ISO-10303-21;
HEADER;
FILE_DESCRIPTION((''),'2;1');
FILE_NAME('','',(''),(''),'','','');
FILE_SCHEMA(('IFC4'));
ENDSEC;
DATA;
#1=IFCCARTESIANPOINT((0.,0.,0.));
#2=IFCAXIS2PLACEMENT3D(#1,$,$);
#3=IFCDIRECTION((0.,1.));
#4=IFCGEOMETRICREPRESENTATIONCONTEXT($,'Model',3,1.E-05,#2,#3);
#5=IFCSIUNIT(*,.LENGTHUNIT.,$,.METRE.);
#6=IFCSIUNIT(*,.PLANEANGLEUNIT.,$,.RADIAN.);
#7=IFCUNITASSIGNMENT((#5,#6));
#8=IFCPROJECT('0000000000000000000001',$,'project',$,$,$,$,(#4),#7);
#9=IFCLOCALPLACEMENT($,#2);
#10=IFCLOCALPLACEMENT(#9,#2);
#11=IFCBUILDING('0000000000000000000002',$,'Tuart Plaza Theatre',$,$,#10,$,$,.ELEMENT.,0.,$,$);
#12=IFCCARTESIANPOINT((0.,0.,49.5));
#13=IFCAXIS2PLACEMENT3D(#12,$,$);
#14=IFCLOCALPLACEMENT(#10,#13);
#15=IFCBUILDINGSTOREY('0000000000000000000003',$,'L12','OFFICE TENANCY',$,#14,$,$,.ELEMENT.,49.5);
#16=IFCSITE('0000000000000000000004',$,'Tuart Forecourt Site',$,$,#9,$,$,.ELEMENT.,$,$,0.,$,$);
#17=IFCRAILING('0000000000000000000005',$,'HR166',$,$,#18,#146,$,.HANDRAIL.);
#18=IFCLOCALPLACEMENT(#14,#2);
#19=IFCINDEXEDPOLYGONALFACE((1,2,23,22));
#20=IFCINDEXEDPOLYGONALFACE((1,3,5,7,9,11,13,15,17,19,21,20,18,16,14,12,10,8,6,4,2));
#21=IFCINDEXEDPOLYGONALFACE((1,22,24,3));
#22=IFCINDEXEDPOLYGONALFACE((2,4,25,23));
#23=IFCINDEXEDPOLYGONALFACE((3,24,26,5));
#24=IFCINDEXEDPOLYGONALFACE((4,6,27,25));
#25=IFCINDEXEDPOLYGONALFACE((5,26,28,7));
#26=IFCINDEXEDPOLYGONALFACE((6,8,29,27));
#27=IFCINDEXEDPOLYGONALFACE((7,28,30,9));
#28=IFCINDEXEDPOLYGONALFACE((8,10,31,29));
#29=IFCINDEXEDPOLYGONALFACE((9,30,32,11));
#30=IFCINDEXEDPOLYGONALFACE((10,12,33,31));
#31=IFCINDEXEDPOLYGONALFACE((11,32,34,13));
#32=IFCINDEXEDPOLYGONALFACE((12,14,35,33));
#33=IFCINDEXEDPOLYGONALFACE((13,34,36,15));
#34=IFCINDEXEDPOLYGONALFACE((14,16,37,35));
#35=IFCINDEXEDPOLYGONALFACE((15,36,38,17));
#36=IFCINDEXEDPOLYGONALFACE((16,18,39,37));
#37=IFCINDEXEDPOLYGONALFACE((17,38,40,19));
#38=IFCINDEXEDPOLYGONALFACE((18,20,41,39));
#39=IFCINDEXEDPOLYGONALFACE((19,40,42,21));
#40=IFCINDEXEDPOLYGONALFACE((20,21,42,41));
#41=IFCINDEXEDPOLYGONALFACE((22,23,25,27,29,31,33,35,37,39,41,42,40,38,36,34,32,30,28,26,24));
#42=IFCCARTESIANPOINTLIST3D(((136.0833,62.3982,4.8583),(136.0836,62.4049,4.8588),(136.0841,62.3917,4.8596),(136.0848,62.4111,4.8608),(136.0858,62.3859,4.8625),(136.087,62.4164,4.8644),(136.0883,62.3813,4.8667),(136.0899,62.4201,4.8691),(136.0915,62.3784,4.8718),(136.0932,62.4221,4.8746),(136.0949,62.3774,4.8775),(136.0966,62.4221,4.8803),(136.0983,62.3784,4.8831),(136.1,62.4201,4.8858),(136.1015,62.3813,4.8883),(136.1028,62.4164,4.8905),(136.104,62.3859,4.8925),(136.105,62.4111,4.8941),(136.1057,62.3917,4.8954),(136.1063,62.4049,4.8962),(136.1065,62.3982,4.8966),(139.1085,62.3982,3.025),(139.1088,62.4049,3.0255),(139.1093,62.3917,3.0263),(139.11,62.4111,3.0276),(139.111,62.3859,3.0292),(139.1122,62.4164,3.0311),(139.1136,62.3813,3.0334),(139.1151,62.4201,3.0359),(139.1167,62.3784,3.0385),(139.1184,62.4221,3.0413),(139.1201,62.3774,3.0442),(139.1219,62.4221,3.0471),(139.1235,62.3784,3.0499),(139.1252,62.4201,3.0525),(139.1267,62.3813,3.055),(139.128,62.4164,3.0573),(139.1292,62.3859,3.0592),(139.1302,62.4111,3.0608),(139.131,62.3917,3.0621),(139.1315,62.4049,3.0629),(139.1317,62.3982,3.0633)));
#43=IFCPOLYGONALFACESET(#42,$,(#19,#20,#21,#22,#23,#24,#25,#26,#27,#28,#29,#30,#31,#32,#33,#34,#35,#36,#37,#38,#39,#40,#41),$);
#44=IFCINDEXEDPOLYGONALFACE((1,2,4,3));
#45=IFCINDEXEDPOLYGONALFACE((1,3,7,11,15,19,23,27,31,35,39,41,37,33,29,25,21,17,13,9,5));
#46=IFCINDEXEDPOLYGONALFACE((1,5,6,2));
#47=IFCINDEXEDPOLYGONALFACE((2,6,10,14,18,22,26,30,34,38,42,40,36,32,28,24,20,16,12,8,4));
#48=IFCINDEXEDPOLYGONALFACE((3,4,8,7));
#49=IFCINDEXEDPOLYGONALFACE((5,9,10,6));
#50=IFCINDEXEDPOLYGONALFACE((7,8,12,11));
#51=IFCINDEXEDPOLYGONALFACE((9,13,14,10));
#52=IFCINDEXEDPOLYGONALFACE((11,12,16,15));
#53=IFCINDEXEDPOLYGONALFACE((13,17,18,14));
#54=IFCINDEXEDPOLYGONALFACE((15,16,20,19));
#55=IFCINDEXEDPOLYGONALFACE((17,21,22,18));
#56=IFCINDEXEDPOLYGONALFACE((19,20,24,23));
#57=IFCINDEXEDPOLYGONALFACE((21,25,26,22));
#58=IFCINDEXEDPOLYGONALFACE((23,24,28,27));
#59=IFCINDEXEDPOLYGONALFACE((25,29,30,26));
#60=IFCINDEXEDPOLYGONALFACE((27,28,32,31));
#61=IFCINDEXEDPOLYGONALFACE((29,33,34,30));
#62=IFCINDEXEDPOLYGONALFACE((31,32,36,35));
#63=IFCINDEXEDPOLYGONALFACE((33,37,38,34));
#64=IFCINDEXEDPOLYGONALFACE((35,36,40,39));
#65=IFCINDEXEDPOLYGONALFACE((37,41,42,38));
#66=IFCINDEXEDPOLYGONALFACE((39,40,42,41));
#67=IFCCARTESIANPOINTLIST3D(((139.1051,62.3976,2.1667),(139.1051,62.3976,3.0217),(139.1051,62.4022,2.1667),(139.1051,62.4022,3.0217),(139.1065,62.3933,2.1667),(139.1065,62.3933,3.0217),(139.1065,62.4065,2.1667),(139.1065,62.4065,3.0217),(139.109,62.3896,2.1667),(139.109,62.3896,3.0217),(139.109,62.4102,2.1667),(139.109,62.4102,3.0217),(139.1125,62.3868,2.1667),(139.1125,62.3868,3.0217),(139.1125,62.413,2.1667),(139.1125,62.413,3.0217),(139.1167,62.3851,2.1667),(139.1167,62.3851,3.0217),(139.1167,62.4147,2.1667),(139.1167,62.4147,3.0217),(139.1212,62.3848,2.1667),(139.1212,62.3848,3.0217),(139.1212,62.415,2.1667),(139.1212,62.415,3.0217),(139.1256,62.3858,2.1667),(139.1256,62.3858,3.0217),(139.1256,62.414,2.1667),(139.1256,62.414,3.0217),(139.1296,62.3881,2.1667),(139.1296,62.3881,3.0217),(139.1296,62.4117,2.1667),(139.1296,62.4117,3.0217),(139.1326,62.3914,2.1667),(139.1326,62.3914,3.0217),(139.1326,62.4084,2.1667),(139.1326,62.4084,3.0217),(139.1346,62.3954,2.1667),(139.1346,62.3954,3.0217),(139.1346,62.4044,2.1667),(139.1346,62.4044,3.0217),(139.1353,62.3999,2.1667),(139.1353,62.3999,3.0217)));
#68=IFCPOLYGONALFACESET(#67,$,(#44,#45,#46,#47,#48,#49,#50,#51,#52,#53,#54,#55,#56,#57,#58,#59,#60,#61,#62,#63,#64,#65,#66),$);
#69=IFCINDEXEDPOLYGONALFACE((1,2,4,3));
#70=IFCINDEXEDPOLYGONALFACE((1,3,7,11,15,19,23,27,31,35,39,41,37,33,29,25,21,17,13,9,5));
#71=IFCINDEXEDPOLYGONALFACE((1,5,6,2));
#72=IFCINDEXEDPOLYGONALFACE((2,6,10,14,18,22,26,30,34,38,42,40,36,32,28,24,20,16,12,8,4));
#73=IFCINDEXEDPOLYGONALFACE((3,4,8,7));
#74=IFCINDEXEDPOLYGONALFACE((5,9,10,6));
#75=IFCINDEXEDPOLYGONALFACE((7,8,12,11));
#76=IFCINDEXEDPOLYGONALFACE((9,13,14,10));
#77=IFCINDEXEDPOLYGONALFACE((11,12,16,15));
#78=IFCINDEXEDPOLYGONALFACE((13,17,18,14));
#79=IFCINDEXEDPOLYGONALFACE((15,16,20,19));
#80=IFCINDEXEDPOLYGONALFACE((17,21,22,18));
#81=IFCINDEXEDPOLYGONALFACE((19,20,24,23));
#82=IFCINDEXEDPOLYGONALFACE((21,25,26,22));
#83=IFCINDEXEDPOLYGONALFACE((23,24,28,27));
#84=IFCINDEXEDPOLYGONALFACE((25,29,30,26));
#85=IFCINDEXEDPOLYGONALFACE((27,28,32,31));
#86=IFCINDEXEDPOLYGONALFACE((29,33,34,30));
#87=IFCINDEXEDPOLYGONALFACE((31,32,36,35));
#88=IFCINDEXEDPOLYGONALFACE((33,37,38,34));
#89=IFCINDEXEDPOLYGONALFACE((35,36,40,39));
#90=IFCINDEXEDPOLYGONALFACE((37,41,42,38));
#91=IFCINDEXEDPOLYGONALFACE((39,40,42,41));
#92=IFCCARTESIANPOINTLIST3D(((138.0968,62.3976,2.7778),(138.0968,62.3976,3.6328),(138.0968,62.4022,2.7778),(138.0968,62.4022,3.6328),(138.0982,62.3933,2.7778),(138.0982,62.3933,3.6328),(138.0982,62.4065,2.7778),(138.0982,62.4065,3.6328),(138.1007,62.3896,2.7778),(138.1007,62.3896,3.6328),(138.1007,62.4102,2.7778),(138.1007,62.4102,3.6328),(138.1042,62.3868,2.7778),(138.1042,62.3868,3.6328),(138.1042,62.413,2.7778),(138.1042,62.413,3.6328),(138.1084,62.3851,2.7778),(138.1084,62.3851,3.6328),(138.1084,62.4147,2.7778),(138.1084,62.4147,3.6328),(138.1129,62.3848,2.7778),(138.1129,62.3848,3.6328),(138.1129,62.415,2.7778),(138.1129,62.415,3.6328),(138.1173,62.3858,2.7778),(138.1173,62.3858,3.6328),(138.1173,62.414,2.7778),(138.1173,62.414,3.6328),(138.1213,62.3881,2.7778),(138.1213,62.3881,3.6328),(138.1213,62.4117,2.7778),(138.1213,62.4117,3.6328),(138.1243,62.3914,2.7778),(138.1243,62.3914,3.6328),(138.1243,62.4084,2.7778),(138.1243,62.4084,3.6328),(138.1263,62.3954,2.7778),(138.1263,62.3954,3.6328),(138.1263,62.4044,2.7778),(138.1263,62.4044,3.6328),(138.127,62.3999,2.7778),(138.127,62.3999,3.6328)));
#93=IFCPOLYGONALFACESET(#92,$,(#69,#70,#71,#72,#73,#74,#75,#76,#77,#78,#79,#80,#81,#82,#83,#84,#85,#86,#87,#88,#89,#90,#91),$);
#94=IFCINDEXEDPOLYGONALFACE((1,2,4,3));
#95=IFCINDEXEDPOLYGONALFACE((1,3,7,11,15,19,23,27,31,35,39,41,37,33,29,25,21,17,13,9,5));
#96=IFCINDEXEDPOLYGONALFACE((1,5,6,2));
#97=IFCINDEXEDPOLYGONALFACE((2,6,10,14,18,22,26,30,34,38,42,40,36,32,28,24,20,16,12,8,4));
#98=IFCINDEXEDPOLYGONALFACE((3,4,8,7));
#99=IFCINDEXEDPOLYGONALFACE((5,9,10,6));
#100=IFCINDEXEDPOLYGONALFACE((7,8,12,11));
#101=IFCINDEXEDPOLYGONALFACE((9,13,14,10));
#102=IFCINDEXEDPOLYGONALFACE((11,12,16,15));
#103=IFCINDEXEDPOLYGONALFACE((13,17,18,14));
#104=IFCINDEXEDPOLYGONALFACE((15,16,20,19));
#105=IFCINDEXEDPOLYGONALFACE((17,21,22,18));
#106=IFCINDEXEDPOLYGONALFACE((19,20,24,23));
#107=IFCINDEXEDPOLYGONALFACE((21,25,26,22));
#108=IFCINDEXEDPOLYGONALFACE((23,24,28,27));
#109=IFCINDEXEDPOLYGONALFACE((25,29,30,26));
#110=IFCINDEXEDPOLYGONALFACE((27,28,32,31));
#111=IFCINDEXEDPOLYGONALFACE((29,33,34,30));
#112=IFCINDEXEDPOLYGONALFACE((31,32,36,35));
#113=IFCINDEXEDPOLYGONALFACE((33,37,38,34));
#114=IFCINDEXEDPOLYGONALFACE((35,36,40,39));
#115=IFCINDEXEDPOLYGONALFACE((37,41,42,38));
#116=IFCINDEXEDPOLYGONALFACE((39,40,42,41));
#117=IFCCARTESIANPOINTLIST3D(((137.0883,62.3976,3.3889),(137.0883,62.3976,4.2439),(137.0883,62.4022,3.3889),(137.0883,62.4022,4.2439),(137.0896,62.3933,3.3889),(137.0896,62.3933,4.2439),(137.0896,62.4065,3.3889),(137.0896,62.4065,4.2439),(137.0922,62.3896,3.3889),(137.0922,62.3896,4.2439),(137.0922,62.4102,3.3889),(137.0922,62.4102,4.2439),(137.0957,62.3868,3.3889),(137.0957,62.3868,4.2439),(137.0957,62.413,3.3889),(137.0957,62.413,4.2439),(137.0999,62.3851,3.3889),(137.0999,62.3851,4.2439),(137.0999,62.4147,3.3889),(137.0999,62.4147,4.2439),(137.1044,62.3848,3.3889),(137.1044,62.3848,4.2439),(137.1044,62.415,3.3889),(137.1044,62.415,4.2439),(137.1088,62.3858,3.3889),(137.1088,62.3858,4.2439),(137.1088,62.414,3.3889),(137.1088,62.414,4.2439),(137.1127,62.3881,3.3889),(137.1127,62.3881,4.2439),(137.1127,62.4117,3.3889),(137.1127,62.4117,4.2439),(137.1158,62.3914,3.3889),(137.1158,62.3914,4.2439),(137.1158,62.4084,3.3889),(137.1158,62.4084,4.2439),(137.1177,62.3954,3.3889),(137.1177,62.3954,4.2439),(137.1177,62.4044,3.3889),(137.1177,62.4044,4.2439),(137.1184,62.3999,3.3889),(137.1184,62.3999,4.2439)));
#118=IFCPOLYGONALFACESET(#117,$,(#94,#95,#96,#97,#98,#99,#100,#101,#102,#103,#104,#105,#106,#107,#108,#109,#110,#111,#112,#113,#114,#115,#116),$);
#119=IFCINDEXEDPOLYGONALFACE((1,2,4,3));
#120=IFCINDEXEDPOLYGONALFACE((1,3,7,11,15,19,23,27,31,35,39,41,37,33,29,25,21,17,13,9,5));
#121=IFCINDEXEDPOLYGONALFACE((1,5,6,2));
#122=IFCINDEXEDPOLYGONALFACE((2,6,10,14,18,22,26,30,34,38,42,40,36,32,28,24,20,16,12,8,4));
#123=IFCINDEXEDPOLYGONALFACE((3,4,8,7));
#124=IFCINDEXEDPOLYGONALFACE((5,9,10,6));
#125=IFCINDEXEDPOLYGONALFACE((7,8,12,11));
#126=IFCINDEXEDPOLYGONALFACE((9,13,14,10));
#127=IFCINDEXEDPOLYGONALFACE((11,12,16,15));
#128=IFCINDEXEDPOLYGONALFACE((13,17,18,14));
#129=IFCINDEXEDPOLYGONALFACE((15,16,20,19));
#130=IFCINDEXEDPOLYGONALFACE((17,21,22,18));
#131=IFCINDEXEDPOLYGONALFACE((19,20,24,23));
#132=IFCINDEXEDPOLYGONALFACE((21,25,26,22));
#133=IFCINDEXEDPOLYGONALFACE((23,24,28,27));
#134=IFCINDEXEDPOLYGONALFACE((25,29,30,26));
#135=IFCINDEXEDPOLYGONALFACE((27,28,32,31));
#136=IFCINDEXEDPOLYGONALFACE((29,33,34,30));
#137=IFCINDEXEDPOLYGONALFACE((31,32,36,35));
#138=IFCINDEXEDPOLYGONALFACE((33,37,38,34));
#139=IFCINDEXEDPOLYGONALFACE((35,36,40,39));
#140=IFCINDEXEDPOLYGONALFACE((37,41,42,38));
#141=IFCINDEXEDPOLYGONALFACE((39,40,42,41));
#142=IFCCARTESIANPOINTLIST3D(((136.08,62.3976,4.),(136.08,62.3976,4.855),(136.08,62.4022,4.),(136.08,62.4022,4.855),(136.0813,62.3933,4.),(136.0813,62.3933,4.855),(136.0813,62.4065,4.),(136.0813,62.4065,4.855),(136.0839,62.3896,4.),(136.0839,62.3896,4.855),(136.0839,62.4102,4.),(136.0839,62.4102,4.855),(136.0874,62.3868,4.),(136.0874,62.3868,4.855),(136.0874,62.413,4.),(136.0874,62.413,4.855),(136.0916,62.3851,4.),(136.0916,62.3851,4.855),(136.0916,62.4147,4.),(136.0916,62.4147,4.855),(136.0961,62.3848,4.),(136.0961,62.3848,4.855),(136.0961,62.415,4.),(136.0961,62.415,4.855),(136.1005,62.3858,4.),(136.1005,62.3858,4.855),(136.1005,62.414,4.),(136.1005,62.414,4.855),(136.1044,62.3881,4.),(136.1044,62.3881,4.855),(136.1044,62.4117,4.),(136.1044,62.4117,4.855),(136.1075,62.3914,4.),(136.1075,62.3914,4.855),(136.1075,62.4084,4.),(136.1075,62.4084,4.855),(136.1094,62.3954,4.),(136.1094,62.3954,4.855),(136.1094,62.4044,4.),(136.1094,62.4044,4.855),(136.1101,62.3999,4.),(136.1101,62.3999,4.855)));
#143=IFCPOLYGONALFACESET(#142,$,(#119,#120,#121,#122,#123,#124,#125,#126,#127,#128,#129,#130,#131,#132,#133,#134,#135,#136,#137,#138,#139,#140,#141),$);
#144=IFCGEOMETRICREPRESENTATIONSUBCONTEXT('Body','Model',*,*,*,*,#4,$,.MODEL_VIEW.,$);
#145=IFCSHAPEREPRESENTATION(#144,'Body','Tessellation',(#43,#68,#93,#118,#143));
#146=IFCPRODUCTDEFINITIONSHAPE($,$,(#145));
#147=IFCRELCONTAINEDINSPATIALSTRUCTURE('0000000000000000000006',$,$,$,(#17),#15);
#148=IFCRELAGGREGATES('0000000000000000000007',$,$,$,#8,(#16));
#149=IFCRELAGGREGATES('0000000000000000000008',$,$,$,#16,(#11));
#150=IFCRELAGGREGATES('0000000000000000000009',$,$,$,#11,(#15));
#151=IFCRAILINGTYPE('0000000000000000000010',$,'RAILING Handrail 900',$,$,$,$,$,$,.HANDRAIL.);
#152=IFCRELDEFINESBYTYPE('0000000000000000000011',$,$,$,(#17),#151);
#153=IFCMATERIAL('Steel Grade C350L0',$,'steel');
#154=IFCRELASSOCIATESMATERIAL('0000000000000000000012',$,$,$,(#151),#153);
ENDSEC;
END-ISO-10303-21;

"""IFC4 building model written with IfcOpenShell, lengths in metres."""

from ifc_helpers import new_model, si_unit, direction, frame, origin, origin_2d, place, context, subcontext, project, spatial, circle, extrude, material, type_object, element, save


model = new_model("IFC4")

# Units and contexts
model_context = context("Model", 3, precision=1e-05, world=origin(), true_north=direction((0.0, 1.0)))
body_context = subcontext(model_context, "Body", "Model", "MODEL_VIEW")
ifc_project = project(units=[si_unit("LENGTHUNIT", "METRE"), si_unit("PLANEANGLEUNIT", "RADIAN")], contexts=[model_context])

# Site, building, storey
site_placement = place(None, origin())
site = spatial("IfcSite", under=ifc_project, at=site_placement, Name="Tuart Forecourt Site", CompositionType="ELEMENT", RefElevation=0.0)
building_placement = place(site_placement, origin())
building = spatial("IfcBuilding", under=site, at=building_placement, Name="Tuart Plaza Theatre", CompositionType="ELEMENT", ElevationOfRefHeight=0.0)
storey_placement = place(building_placement, frame((0.0, 0.0, 49.5)))
storey = spatial("IfcBuildingStorey", under=building, at=storey_placement, Name="L12", Description="OFFICE TENANCY", CompositionType="ELEMENT", Elevation=49.5)

# Railing
ifc_material_1 = material(Name="Steel Grade C350L0", Category="steel")
railing_type_1 = type_object("IfcRailingType", Name="RAILING Handrail 900", PredefinedType="HANDRAIL", material=ifc_material_1)
for number, where, name in (
    (1, (139.1201, 62.3999, 2.1667), "HR166"),
):
    element("IfcRailing", number, at=place(storey_placement, frame(where)), inside=storey, type_object=railing_type_1, Name=name, PredefinedType="HANDRAIL", context=body_context, shape_type="SweptSolid", body=[
        extrude(circle(Radius=0.0225, at=origin_2d()), frame((0.0, 0.0, 0.8774), z_axis=(-0.855219, 0.0, 0.518267), x_axis=(0.0, -1.0, 0.0)), (0.0, 0.0, 1.0), 3.5374),
        extrude(circle(Radius=0.0151, at=origin_2d()), origin(), (0.0, 0.0, 1.0), 0.855),
        extrude(circle(Radius=0.0151, at=origin_2d()), frame((-1.0083, 0.0, 0.6111)), (0.0, 0.0, 1.0), 0.855),
        extrude(circle(Radius=0.0151, at=origin_2d()), frame((-2.0168, 0.0, 1.2222)), (0.0, 0.0, 1.0), 0.855),
        extrude(circle(Radius=0.0151, at=origin_2d()), frame((-3.0251, 0.0, 1.8333)), (0.0, 0.0, 1.0), 0.855),
    ])

save(model, "model.ifc")
